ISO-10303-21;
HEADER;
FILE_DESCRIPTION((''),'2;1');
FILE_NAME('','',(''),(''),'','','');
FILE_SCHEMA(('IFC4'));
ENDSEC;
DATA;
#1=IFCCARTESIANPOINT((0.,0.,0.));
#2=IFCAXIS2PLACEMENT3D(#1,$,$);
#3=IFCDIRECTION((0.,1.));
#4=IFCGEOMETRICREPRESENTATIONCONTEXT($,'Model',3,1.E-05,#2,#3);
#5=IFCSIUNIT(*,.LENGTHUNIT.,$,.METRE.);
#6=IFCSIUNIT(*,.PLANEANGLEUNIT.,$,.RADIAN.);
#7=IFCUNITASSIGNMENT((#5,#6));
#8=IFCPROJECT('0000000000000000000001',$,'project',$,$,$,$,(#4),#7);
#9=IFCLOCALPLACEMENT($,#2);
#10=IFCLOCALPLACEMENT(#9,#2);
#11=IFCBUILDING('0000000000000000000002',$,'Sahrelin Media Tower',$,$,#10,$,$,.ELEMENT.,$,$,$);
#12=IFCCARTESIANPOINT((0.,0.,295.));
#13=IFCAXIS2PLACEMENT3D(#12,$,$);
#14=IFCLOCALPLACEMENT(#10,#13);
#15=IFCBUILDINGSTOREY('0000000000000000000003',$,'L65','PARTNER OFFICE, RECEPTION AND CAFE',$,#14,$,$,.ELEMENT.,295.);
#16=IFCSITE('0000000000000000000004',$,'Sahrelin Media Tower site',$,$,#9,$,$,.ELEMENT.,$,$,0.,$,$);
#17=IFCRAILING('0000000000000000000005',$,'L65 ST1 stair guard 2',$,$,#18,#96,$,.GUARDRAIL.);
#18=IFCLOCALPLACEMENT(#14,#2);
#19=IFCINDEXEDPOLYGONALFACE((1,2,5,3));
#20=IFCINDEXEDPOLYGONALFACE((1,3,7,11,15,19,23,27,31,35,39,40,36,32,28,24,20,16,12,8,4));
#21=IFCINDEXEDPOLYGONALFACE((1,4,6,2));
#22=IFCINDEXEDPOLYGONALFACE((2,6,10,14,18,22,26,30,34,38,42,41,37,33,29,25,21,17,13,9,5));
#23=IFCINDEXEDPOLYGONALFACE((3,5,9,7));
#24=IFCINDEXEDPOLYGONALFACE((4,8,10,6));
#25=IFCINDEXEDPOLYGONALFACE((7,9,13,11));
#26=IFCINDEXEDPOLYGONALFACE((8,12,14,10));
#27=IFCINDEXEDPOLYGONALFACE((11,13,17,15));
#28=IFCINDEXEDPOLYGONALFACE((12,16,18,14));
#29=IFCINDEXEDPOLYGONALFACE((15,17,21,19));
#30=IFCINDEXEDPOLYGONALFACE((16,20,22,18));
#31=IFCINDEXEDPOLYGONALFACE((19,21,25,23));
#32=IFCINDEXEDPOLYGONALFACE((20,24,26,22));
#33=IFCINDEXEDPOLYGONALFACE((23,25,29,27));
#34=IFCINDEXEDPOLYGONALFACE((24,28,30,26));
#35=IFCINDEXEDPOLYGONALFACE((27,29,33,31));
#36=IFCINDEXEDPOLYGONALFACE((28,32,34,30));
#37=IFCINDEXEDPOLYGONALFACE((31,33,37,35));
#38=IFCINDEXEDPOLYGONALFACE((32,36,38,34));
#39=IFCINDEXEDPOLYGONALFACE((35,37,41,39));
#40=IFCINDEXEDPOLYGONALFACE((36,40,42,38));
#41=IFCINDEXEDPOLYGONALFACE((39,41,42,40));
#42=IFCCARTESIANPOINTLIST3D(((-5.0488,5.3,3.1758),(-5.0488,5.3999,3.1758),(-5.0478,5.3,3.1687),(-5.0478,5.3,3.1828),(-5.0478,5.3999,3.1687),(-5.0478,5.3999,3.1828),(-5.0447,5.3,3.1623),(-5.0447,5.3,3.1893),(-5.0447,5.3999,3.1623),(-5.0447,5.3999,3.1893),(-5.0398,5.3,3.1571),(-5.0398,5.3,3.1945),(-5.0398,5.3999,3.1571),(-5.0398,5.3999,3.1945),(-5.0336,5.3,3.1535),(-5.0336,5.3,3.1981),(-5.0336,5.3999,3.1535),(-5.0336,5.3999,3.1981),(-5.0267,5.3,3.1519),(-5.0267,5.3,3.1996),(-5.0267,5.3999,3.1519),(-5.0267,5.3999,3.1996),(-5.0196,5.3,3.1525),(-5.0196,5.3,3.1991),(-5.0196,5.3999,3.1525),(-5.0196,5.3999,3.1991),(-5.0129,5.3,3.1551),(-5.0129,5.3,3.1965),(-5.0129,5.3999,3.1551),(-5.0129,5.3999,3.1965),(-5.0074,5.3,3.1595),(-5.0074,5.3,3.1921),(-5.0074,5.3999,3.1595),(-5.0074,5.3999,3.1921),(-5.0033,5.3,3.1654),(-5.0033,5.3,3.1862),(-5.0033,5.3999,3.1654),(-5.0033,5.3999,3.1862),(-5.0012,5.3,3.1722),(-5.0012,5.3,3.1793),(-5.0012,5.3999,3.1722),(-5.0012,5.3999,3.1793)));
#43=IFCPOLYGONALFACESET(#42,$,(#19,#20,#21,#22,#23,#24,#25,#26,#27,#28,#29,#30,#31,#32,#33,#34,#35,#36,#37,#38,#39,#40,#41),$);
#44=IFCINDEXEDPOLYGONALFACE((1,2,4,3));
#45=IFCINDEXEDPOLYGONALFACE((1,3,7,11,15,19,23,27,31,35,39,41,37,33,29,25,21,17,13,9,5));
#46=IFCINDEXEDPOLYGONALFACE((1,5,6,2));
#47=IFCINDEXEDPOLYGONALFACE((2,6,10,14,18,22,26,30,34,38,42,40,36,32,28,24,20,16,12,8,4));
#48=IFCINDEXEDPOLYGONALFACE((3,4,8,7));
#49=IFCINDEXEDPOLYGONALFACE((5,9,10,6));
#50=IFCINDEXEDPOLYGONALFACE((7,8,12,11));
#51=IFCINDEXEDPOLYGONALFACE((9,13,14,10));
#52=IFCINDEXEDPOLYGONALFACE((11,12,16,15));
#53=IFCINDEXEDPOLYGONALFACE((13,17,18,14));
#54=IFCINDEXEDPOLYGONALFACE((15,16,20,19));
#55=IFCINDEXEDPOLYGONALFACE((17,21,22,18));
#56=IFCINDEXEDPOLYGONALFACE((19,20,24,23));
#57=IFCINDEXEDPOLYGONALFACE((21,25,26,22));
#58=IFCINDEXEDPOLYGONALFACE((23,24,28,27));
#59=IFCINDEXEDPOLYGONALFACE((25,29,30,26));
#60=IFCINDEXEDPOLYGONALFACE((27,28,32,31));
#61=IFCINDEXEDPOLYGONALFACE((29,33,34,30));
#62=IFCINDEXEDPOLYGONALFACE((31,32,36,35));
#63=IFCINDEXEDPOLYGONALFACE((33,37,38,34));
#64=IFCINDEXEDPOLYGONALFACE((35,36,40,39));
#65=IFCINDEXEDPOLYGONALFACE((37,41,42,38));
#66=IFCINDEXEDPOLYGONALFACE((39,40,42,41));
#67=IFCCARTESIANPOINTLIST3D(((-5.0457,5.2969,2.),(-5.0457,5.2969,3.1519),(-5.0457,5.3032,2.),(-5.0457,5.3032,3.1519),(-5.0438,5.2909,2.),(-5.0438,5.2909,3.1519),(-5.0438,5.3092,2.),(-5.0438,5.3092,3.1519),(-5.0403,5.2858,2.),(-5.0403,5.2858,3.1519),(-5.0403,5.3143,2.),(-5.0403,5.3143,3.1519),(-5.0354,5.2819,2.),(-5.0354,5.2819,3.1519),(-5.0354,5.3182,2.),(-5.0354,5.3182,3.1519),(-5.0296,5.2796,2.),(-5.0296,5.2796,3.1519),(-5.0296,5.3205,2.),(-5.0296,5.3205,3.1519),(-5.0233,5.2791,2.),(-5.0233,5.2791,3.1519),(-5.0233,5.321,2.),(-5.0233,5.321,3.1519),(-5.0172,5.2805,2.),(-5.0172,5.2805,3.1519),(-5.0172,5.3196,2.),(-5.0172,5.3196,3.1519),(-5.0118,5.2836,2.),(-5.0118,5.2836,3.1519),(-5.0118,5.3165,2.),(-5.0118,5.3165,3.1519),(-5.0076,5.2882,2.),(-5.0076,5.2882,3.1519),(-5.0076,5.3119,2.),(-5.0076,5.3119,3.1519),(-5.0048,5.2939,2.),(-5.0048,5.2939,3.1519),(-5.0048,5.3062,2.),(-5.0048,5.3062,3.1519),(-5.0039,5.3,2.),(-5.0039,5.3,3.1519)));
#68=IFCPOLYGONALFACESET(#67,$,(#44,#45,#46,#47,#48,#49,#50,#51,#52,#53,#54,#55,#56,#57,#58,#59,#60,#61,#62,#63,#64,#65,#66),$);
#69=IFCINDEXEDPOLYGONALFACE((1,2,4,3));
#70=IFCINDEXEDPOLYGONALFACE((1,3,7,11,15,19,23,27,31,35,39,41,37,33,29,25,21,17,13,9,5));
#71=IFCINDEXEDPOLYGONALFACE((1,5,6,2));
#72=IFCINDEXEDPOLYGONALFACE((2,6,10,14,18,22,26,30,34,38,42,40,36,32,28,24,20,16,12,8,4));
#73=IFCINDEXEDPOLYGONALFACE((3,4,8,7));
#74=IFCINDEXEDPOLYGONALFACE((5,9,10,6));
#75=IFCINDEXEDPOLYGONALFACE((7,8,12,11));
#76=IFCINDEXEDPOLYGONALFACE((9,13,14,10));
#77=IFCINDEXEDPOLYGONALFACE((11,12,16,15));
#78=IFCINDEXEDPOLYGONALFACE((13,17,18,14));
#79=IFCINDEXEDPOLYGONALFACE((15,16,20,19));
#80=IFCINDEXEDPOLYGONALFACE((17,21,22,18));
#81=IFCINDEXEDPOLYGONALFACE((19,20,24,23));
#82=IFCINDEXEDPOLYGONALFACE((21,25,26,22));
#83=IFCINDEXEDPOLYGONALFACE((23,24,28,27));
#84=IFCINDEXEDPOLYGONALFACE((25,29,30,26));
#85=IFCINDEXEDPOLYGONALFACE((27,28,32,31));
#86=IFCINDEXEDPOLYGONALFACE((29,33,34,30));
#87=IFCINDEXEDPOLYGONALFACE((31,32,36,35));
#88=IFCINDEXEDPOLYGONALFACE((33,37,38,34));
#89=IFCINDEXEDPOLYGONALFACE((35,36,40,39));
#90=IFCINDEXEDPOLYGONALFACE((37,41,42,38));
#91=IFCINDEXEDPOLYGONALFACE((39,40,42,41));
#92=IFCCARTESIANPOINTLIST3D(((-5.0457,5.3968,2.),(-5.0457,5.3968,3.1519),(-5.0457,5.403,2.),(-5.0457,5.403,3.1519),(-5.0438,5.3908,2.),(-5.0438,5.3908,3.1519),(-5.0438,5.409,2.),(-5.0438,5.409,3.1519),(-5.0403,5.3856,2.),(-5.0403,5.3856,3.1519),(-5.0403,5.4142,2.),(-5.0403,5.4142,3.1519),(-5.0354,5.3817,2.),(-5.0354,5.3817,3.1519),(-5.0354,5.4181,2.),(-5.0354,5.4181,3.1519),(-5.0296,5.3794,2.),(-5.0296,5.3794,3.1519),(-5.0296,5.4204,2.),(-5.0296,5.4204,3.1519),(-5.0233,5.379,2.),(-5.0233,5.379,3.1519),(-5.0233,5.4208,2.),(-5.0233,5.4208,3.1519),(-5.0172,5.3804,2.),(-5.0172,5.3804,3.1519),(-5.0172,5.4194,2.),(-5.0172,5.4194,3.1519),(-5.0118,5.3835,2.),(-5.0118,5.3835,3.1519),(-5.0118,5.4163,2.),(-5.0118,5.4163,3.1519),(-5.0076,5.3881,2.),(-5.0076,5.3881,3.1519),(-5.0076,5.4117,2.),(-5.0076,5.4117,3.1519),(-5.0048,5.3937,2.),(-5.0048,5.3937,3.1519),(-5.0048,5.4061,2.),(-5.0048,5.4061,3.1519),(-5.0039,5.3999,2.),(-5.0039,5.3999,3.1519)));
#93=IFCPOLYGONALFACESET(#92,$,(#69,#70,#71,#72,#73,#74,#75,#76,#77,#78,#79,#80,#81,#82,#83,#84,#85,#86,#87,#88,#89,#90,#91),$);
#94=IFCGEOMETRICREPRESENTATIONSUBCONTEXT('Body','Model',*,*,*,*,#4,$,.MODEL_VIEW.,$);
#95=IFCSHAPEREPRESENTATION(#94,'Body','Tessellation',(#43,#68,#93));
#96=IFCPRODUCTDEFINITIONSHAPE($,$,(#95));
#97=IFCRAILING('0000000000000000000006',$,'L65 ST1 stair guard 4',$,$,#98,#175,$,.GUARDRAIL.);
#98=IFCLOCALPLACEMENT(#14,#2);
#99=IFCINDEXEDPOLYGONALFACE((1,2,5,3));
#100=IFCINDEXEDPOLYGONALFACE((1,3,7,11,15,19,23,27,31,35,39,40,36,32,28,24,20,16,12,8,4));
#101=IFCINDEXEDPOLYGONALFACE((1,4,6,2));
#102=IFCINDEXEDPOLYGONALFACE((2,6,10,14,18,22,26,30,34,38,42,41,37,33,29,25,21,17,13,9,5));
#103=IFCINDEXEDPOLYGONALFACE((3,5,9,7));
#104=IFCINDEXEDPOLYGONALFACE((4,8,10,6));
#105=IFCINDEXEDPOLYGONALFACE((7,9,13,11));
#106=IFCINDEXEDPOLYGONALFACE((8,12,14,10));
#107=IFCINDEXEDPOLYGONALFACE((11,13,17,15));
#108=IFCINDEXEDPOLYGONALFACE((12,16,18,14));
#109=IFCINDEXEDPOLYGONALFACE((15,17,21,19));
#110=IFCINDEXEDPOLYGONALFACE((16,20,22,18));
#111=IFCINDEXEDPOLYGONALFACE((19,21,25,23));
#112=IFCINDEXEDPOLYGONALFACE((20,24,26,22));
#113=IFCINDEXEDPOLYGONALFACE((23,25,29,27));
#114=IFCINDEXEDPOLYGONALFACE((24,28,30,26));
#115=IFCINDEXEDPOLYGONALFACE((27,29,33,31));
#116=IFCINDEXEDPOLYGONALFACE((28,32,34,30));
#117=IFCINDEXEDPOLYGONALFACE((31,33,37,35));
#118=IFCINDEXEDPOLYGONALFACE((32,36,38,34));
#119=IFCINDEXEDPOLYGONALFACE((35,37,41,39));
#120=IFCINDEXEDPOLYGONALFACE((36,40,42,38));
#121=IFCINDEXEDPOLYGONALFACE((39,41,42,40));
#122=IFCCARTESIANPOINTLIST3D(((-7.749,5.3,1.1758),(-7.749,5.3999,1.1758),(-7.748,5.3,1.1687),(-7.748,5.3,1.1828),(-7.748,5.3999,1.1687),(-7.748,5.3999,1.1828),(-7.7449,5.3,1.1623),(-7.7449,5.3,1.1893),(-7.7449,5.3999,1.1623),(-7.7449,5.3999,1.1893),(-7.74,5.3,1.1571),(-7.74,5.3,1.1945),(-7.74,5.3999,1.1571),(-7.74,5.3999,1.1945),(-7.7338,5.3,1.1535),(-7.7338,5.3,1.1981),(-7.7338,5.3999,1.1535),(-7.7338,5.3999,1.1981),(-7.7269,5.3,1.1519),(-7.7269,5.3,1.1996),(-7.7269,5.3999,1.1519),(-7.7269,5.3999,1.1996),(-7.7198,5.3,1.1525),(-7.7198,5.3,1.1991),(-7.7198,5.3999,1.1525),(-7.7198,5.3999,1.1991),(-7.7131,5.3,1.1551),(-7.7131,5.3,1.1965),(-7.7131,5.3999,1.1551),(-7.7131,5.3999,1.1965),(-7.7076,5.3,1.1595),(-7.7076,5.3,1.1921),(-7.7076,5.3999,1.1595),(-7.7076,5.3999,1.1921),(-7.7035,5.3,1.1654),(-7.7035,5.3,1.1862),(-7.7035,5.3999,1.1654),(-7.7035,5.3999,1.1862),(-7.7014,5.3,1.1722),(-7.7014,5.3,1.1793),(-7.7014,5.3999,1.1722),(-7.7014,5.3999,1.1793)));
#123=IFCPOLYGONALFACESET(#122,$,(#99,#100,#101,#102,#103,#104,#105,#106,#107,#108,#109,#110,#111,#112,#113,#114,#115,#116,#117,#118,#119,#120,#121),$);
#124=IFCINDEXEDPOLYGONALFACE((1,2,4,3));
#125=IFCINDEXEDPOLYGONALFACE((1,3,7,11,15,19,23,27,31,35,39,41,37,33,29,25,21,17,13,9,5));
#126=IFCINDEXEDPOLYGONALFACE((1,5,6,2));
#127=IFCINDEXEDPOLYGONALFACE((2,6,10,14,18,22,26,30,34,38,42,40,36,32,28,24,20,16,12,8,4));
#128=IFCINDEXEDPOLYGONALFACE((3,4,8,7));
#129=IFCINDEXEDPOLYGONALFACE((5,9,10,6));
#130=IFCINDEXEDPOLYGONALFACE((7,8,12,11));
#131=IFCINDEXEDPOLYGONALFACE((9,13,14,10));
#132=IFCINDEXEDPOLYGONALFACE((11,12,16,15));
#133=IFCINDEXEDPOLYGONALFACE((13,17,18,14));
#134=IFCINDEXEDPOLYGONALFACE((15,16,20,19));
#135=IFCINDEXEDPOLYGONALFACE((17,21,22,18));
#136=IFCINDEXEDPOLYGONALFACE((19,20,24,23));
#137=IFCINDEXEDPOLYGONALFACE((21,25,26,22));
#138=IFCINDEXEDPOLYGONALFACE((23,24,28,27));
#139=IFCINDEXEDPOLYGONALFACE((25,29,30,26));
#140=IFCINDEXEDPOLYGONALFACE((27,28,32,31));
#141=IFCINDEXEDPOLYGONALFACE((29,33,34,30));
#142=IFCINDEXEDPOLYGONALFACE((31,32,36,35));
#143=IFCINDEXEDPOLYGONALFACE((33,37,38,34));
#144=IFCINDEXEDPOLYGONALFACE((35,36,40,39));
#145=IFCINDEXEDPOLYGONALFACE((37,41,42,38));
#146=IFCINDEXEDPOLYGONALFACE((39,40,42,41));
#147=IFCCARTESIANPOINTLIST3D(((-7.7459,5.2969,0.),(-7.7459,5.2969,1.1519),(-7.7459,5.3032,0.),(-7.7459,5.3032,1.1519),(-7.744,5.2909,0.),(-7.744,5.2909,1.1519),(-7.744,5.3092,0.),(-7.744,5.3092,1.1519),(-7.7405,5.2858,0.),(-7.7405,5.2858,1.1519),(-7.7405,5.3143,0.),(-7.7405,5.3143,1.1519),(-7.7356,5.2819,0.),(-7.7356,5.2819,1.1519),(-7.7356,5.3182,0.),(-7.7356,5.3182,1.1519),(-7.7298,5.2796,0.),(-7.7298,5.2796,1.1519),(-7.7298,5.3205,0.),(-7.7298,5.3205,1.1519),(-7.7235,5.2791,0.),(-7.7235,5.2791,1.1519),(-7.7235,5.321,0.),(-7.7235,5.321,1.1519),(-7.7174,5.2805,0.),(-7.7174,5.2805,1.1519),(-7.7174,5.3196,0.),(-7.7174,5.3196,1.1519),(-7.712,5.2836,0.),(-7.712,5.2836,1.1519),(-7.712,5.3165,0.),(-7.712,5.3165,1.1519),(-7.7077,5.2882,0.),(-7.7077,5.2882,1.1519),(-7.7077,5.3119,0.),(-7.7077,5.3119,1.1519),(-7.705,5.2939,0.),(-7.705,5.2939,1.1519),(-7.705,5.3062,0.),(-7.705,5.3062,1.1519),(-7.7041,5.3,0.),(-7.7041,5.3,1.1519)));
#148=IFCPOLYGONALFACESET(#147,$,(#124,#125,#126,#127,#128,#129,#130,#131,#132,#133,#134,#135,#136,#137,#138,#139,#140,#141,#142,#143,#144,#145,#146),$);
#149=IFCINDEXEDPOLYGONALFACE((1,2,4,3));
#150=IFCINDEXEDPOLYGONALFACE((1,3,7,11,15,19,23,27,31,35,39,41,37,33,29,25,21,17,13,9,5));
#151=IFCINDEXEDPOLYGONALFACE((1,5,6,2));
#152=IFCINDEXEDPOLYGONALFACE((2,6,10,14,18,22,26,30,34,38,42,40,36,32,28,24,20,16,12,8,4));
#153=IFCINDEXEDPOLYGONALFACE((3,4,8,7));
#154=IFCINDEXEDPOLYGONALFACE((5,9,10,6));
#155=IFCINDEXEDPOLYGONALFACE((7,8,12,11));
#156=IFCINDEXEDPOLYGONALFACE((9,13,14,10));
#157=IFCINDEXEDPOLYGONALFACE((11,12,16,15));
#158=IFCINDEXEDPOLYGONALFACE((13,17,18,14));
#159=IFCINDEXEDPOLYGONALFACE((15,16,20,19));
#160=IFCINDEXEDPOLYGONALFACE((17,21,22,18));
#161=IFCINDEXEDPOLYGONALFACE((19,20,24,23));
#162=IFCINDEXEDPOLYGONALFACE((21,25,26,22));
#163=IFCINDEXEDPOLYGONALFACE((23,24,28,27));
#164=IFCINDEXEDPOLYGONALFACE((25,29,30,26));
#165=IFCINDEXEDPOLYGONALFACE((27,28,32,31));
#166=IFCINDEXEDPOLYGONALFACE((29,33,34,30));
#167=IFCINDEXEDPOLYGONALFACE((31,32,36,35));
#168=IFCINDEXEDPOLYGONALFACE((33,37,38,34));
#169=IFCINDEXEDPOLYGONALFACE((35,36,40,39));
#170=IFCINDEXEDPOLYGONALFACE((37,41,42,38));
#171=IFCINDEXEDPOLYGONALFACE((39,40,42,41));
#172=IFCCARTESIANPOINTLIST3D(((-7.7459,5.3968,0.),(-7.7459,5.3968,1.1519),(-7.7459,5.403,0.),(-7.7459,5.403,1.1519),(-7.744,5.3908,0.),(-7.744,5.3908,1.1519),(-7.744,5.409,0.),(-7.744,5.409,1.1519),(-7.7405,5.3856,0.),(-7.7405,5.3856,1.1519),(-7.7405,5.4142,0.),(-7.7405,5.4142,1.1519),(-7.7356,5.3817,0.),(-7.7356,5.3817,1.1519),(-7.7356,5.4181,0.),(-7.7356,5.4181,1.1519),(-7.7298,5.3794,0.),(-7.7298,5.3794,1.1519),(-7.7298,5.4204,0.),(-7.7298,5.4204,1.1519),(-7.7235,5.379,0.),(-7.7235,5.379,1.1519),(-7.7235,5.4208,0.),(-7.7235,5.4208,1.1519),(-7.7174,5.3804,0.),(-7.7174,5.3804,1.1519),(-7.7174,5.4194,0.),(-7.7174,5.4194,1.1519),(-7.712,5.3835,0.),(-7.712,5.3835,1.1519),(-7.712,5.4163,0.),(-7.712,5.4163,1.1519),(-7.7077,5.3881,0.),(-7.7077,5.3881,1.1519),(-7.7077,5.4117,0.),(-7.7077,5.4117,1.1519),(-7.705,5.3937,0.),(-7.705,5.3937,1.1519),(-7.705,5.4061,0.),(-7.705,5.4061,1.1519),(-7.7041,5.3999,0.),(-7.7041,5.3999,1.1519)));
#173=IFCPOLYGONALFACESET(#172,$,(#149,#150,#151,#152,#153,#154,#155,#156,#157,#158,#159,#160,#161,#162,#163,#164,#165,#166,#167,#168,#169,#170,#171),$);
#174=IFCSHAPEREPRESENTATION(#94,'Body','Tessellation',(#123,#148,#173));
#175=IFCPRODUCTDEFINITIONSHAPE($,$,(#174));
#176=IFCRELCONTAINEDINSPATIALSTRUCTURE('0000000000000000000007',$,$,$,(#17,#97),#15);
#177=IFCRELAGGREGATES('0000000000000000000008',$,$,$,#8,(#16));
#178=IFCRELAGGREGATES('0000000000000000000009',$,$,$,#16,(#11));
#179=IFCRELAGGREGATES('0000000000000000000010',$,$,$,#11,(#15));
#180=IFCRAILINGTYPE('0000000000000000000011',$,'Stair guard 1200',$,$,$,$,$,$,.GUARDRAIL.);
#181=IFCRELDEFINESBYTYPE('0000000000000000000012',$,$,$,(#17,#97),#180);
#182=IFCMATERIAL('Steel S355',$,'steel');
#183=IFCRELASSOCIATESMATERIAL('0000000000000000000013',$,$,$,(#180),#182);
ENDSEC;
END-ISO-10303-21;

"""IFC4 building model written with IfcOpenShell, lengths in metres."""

from ifc_helpers import new_model, si_unit, direction, frame, origin, origin_2d, place, context, subcontext, project, spatial, circle, extrude, material, type_object, element, save


model = new_model("IFC4")

# Units and contexts
model_context = context("Model", 3, precision=1e-05, world=origin(), true_north=direction((0.0, 1.0)))
body_context = subcontext(model_context, "Body", "Model", "MODEL_VIEW")
ifc_project = project(units=[si_unit("LENGTHUNIT", "METRE"), si_unit("PLANEANGLEUNIT", "RADIAN")], contexts=[model_context])

# Site, building, storey
site_placement = place(None, origin())
site = spatial("IfcSite", under=ifc_project, at=site_placement, Name="Sahrelin Media Tower site", CompositionType="ELEMENT", RefElevation=0.0)
building_placement = place(site_placement, origin())
building = spatial("IfcBuilding", under=site, at=building_placement, Name="Sahrelin Media Tower", CompositionType="ELEMENT")
storey_placement = place(building_placement, frame((0.0, 0.0, 295.0)))
storey = spatial("IfcBuildingStorey", under=building, at=storey_placement, Name="L65", Description="PARTNER OFFICE, RECEPTION AND CAFE", CompositionType="ELEMENT", Elevation=295.0)

# Shared definitions
ifc_material_1 = material(Name="Steel S355", Category="steel")

# Railings
railing_type_1 = type_object("IfcRailingType", Name="Stair guard 1200", PredefinedType="GUARDRAIL", material=ifc_material_1)
for number, where, name in (
    (1, (-5.0249, 5.3, 2.0), "L65 ST1 stair guard 2"),
    (2, (-7.7251, 5.3, 0.0), "L65 ST1 stair guard 4"),
):
    element("IfcRailing", number, at=place(storey_placement, frame(where)), inside=storey, type_object=railing_type_1, Name=name, PredefinedType="GUARDRAIL", context=body_context, shape_type="SweptSolid", body=[
        extrude(circle(Radius=0.0239, at=origin_2d()), frame((0.0, 0.0, 1.1758), z_axis=(0.0, 1.0, 0.0), x_axis=(-1.0, 0.0, 0.0)), (0.0, 0.0, 1.0), 0.0999),
        extrude(circle(Radius=0.021, at=origin_2d()), origin(), (0.0, 0.0, 1.0), 1.1519),
        extrude(circle(Radius=0.021, at=origin_2d()), frame((0.0, 0.0999, 0.0)), (0.0, 0.0, 1.0), 1.1519),
    ])

save(model, "model.ifc")
